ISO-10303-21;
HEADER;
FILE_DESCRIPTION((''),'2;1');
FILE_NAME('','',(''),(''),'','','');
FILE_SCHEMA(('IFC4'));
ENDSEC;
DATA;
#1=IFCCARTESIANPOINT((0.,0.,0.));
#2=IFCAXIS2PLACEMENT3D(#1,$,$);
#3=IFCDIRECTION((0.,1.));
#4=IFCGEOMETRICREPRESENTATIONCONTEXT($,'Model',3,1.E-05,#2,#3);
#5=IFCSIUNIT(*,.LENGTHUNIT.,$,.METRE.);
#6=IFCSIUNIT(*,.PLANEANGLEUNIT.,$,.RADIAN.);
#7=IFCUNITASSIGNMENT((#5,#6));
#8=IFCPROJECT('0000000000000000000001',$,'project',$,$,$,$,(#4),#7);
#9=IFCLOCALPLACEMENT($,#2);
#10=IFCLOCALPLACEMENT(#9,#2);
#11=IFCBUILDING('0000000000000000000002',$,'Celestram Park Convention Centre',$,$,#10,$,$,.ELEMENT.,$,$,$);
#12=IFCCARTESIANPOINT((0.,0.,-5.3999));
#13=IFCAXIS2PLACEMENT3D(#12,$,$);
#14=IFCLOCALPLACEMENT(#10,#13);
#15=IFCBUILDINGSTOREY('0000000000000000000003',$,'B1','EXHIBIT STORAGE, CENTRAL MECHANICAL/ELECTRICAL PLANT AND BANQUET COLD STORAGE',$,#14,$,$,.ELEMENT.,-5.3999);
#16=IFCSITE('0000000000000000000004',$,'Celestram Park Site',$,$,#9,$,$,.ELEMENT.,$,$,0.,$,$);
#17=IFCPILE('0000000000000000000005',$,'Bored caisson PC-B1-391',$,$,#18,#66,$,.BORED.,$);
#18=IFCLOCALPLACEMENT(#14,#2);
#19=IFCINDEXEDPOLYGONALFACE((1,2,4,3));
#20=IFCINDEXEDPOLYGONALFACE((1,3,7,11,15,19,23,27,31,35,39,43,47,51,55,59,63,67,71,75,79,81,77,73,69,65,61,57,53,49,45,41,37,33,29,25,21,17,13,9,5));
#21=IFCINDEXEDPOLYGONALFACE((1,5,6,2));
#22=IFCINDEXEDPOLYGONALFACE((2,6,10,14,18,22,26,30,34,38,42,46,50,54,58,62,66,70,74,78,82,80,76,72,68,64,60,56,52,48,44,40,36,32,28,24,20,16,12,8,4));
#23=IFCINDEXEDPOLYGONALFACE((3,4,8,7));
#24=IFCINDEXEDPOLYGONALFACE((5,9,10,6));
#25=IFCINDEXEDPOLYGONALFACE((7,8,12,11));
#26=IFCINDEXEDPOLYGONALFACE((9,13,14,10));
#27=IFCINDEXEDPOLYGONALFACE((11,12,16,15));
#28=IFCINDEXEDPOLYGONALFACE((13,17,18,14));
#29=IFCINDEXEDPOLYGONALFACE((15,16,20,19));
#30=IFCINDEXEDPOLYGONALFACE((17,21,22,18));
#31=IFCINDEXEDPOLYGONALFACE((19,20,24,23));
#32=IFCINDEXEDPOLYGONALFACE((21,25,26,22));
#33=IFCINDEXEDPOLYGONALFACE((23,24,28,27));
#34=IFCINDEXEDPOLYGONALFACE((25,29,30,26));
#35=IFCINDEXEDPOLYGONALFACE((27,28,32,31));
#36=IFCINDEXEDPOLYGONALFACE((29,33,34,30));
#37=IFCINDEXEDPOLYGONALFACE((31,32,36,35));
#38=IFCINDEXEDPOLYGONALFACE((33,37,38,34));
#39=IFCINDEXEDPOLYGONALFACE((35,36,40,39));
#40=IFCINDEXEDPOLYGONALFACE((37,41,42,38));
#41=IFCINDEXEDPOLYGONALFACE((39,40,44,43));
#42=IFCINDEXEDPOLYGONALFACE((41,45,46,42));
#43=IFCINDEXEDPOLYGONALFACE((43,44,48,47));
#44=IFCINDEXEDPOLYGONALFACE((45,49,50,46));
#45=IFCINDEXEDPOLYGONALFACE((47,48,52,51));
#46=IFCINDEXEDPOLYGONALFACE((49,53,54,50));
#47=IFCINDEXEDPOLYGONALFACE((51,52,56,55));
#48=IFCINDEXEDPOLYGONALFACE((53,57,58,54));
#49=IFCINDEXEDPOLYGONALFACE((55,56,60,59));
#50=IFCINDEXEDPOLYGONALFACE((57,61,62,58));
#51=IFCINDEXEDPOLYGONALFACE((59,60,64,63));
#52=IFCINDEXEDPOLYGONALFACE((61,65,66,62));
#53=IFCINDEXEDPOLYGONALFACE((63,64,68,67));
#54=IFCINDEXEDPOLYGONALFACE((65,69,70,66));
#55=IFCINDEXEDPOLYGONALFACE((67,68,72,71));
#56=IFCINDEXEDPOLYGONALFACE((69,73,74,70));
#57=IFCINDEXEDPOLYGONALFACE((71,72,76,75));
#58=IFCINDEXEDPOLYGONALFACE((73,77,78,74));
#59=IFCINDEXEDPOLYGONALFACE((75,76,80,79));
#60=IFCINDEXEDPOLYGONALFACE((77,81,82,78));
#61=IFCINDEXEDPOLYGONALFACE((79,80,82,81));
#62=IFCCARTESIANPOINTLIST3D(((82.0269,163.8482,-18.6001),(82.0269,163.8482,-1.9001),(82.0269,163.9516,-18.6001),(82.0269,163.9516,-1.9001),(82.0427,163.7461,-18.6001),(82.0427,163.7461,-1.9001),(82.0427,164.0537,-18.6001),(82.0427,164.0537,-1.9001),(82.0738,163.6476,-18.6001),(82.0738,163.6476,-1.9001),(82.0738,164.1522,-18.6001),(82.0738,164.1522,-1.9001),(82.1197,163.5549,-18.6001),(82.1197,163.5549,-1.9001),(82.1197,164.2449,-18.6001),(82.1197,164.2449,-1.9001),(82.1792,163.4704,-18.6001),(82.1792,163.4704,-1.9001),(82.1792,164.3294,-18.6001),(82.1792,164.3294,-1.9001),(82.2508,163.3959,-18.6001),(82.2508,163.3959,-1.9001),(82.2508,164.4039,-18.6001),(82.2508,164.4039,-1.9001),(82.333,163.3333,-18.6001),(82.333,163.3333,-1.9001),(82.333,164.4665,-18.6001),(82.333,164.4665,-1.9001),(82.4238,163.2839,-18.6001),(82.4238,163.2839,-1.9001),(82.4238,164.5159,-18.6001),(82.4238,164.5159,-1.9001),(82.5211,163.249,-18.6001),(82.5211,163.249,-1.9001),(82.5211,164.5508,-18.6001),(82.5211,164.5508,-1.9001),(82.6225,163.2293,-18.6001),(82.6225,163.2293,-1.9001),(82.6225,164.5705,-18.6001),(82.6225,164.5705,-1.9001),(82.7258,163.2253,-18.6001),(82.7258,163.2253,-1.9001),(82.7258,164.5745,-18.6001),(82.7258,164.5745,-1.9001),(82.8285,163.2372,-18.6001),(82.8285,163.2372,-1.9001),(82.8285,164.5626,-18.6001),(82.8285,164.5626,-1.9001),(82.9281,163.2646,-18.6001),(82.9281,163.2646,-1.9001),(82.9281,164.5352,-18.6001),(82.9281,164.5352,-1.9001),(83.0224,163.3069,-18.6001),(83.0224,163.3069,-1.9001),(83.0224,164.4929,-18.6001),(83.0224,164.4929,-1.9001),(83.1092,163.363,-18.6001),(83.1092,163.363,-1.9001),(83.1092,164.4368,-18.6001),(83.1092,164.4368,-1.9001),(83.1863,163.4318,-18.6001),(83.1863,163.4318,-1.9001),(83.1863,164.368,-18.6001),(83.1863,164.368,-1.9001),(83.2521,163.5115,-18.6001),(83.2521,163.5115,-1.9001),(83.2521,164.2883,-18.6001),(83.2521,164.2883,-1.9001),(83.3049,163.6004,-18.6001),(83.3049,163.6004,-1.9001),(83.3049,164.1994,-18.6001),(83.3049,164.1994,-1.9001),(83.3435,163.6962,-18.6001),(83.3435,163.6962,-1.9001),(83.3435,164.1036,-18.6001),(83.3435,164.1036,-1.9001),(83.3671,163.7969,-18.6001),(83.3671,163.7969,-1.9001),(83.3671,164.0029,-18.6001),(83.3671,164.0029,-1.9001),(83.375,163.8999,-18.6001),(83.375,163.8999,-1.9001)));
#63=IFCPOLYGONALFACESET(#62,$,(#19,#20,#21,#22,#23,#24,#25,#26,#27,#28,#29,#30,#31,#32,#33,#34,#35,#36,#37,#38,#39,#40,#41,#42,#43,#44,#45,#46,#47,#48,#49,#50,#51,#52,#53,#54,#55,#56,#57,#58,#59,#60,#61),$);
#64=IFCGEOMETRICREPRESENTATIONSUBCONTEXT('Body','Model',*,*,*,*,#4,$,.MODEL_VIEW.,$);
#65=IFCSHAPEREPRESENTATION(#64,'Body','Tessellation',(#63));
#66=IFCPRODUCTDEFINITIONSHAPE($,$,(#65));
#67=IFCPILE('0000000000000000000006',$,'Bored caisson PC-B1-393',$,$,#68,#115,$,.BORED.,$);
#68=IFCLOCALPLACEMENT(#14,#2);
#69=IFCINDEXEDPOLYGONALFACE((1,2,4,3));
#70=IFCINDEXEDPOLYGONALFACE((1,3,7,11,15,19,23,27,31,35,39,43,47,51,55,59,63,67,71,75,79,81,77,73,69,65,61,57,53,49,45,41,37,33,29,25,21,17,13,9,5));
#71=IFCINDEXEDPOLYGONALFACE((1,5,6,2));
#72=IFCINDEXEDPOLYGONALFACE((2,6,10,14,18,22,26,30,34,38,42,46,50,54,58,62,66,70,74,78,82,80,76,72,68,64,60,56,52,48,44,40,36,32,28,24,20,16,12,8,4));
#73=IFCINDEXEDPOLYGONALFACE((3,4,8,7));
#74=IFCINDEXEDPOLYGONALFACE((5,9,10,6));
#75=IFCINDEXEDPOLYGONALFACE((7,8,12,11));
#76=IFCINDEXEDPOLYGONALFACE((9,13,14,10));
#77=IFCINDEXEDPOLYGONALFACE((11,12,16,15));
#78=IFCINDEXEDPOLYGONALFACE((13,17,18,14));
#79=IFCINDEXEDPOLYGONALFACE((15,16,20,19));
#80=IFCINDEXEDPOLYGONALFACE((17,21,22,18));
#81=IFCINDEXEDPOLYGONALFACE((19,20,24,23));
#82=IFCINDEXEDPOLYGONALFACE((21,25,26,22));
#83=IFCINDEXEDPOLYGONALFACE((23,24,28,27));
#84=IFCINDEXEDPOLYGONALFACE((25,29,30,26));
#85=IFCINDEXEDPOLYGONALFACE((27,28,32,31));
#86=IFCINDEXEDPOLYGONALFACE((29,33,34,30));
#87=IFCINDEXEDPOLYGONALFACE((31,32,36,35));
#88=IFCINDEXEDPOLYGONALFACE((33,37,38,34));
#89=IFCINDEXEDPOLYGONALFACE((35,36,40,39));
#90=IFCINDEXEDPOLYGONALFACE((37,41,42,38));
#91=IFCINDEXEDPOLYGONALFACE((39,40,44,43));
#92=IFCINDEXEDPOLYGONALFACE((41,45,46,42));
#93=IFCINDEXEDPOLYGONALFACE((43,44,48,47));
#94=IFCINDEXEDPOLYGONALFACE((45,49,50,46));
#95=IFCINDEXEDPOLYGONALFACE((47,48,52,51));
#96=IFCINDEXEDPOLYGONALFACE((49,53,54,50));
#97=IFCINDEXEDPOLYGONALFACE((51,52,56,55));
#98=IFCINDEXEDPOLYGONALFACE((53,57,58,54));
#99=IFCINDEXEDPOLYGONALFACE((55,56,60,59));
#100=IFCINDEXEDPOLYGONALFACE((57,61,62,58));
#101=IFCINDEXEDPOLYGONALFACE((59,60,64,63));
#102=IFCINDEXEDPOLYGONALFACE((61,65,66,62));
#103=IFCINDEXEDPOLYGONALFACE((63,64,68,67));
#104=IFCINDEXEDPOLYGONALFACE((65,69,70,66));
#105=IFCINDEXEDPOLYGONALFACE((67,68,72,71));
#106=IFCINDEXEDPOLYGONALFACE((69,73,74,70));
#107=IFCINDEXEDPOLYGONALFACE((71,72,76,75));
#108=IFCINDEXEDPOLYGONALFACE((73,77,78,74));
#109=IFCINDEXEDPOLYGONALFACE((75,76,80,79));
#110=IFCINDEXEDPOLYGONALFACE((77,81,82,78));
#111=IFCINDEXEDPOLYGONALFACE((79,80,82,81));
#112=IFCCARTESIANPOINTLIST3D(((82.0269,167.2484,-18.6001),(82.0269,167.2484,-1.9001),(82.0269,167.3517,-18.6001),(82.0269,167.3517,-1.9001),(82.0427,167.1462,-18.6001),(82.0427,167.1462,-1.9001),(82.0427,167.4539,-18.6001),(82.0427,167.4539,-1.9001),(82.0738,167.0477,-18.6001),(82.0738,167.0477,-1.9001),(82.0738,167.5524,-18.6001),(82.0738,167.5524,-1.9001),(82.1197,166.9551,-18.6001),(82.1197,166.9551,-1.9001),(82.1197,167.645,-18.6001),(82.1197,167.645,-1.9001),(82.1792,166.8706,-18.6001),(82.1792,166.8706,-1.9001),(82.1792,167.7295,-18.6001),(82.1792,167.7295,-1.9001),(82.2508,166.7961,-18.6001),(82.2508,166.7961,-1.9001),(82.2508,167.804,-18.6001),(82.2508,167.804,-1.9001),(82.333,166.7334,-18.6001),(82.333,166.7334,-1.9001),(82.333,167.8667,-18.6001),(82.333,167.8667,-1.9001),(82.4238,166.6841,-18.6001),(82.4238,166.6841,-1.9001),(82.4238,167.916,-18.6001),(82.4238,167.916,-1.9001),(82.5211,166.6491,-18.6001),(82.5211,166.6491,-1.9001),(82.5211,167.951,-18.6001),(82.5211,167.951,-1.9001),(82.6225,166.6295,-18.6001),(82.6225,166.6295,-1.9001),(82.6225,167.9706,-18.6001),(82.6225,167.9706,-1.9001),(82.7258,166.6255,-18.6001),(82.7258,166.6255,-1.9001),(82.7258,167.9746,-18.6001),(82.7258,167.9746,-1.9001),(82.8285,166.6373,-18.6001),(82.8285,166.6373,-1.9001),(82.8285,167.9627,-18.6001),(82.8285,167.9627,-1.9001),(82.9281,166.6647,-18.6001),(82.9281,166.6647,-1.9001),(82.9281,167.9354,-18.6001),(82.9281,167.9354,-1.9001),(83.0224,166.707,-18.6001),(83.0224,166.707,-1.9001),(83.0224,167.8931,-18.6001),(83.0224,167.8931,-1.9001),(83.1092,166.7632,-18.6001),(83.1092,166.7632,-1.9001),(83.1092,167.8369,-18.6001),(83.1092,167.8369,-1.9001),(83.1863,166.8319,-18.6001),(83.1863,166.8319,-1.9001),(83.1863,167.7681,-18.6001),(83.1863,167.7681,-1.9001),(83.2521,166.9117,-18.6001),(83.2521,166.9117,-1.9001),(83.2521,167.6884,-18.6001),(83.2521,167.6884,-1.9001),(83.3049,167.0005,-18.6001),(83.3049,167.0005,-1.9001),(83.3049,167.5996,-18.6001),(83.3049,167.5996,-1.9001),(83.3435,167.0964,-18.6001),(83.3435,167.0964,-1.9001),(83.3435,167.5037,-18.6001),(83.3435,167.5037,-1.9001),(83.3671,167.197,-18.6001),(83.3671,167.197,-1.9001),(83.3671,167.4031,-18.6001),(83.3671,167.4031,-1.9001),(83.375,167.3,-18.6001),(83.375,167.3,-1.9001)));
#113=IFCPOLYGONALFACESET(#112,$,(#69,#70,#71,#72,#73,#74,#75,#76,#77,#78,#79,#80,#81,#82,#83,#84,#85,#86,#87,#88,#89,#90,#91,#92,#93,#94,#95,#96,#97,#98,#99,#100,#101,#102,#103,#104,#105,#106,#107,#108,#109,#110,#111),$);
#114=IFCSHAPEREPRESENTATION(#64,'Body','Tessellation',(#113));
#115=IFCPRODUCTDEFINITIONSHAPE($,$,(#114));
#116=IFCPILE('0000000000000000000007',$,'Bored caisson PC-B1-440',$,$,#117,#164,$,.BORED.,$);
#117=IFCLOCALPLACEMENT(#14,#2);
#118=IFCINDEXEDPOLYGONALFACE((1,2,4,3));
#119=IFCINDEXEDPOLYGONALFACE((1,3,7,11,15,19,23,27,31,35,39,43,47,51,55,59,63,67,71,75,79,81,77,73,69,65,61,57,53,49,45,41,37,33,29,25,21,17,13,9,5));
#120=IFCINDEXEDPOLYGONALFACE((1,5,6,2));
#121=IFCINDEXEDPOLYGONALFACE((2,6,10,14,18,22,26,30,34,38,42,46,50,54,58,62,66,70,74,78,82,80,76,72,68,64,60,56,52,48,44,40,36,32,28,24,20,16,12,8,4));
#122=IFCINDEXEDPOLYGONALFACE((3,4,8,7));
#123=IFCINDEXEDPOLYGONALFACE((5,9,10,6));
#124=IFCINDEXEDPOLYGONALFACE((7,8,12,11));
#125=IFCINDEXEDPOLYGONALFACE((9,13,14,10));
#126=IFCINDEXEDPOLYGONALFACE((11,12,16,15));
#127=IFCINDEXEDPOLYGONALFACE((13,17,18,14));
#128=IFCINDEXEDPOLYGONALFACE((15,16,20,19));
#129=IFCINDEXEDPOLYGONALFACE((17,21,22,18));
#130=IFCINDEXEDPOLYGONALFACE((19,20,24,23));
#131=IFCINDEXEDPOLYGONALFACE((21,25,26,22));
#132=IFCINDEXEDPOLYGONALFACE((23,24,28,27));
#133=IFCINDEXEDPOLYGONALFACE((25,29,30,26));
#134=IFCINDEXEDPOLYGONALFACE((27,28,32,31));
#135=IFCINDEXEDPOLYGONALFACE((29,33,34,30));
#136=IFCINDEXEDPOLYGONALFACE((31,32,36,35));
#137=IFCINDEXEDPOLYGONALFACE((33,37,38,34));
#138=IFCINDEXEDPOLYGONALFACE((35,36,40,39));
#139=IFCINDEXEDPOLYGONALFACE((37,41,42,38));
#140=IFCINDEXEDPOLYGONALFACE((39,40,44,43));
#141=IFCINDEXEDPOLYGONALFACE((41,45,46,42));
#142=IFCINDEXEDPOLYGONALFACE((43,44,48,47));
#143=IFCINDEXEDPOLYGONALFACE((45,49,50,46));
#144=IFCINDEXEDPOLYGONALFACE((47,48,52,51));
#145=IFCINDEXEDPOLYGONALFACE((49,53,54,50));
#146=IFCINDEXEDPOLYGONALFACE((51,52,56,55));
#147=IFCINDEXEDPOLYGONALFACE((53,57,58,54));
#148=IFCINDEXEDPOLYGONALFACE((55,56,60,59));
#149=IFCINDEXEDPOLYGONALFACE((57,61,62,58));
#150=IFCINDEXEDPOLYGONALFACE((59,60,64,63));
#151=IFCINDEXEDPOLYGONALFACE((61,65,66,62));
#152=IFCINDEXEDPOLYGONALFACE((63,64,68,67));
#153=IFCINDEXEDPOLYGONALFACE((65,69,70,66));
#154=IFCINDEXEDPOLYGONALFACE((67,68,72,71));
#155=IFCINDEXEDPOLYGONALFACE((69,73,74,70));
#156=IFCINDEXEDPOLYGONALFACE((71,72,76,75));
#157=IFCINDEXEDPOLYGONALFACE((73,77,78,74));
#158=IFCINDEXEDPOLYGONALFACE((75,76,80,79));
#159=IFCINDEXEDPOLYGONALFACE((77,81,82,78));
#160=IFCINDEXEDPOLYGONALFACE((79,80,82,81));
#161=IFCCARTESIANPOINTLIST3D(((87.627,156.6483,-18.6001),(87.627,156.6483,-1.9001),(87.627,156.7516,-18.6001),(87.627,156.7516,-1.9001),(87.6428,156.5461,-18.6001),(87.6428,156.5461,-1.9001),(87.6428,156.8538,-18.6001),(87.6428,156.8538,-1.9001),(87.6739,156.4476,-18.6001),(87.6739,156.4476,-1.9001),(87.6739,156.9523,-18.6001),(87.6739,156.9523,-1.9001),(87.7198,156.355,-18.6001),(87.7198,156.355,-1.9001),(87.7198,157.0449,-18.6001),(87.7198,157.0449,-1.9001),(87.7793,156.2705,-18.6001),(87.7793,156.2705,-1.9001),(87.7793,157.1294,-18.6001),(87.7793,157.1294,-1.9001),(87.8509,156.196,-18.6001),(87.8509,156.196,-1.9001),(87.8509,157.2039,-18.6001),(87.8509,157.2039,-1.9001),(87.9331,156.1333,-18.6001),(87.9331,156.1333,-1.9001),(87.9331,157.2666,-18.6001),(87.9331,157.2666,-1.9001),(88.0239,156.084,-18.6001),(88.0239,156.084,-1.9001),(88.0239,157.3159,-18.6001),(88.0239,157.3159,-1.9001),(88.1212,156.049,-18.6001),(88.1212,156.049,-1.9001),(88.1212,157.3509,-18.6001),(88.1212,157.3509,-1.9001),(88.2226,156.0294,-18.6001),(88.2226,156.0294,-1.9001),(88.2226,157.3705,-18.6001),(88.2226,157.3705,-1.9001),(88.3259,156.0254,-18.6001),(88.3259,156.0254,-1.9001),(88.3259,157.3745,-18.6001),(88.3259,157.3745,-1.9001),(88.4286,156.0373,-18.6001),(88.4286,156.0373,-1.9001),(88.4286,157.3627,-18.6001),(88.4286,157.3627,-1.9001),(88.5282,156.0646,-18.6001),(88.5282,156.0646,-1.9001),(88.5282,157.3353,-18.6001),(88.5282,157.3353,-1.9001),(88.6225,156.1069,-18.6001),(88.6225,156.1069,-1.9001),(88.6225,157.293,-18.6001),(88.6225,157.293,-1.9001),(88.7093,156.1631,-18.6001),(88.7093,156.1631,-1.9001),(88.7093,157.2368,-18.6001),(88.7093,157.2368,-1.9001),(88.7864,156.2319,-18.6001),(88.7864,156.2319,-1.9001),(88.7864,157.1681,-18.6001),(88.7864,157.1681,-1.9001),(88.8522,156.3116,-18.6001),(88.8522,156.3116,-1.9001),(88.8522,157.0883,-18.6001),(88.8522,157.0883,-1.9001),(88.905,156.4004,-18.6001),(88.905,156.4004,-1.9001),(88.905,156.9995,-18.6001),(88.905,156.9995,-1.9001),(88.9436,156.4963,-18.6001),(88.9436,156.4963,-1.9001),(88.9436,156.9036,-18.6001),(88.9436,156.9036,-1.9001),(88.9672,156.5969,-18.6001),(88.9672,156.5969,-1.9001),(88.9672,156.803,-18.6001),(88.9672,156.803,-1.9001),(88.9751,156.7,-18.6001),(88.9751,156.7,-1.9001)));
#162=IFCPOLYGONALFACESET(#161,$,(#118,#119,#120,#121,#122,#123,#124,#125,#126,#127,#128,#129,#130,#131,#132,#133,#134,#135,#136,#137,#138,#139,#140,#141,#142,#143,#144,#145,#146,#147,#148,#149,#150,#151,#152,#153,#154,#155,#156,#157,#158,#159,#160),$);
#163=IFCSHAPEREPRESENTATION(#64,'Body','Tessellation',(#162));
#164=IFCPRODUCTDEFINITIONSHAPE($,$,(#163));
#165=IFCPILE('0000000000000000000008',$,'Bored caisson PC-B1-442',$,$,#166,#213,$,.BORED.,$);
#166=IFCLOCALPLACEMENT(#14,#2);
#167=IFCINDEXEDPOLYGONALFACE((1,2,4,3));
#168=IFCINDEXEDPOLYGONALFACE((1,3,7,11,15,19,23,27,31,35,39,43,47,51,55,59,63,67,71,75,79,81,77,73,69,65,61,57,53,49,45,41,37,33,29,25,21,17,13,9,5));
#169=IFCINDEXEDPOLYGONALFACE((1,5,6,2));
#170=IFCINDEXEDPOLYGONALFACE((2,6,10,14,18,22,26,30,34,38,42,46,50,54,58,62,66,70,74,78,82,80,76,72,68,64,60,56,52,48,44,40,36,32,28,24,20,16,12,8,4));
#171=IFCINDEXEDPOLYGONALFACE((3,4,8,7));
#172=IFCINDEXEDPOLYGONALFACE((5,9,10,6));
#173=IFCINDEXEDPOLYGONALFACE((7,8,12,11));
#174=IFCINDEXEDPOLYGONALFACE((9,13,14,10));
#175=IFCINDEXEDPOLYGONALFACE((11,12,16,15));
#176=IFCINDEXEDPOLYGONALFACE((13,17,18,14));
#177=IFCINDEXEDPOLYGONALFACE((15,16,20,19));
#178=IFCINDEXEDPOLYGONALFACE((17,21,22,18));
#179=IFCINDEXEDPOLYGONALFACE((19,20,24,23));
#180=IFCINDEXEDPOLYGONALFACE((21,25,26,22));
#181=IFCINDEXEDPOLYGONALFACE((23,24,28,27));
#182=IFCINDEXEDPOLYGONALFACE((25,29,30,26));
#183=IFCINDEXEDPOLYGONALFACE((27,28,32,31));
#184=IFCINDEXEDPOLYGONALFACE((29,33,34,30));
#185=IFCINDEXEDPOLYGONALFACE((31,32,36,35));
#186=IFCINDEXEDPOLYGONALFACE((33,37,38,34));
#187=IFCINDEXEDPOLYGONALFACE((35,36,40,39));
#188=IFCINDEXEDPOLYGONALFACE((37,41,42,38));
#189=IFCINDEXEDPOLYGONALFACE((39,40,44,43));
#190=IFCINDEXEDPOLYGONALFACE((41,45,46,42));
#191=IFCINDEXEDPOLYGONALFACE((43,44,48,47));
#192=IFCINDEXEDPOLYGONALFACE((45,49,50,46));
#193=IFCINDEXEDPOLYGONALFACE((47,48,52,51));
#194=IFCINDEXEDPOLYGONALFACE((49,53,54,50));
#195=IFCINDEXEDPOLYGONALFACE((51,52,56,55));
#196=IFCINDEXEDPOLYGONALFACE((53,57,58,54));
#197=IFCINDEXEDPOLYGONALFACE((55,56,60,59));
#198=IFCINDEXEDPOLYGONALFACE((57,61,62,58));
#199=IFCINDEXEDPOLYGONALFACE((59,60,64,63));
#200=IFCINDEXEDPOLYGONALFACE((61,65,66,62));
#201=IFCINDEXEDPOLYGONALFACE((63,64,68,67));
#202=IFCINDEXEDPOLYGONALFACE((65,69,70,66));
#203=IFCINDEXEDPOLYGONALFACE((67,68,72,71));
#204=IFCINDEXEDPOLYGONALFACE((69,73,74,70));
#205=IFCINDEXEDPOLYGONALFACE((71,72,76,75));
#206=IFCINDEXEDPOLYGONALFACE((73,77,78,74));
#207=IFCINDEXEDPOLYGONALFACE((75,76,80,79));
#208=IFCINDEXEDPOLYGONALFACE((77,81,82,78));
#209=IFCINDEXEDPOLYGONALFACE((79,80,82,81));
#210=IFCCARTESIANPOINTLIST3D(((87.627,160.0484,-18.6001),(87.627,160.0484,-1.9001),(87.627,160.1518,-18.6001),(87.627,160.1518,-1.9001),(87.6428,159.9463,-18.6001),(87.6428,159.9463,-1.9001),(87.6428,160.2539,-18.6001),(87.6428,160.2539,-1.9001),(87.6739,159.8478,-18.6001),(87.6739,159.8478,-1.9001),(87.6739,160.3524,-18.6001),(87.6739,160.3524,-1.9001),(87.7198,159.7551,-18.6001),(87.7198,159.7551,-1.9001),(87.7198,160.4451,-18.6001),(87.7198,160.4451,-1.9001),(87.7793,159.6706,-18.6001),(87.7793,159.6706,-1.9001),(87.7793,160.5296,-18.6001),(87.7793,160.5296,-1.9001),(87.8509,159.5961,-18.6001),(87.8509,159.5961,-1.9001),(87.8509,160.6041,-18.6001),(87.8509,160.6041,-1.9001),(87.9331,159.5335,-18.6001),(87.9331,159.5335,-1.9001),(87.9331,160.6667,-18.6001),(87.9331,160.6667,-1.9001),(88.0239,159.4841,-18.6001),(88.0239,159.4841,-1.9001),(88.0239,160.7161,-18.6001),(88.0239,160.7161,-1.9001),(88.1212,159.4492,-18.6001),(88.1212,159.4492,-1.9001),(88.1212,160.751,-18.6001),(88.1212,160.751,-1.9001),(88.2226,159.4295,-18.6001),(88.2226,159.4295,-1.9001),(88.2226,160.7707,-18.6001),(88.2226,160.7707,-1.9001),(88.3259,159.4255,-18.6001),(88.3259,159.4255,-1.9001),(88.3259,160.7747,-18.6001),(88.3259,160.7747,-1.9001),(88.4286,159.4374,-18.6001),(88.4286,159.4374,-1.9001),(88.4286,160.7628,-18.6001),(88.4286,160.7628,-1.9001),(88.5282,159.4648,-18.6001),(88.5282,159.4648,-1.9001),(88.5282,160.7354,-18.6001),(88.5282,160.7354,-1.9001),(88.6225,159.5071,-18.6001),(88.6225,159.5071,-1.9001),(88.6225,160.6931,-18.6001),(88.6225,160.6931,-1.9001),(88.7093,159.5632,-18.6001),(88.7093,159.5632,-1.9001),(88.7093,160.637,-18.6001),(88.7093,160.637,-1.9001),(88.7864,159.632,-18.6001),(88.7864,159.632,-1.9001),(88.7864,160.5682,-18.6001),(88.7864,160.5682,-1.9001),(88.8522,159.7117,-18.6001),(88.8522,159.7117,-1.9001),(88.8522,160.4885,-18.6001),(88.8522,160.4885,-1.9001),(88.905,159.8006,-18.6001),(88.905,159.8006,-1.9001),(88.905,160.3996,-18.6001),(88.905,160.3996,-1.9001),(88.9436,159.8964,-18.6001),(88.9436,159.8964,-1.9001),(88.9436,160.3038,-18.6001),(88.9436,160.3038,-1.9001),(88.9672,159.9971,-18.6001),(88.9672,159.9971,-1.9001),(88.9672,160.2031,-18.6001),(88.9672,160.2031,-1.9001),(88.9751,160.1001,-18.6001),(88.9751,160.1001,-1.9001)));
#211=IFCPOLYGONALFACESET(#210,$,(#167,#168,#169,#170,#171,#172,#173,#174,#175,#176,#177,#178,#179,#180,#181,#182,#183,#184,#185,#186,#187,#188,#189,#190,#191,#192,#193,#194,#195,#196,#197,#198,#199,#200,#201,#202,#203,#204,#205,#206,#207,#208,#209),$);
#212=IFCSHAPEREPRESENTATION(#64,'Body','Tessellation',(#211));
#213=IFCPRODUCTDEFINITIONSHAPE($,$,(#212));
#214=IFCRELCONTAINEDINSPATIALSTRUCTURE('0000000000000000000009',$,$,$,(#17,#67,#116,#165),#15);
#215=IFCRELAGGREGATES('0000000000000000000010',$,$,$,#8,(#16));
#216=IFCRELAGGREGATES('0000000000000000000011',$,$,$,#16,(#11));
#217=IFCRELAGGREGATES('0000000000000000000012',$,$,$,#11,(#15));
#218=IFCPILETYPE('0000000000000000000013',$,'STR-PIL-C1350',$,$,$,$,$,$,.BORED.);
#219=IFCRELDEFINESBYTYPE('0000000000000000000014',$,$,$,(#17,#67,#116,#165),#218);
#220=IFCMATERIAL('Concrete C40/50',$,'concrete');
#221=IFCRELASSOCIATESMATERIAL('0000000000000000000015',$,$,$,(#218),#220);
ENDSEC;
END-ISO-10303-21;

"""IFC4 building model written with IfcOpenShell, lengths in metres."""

from ifc_helpers import new_model, si_unit, direction, frame, origin, origin_2d, place, context, subcontext, project, spatial, circle, extrude, material, material_profile, profile_set, type_object, element, save


model = new_model("IFC4")

# Units and contexts
model_context = context("Model", 3, precision=1e-05, world=origin(), true_north=direction((0.0, 1.0)))
body_context = subcontext(model_context, "Body", "Model", "MODEL_VIEW")
ifc_project = project(units=[si_unit("LENGTHUNIT", "METRE"), si_unit("PLANEANGLEUNIT", "RADIAN")], contexts=[model_context])

# Site, building, storey
site_placement = place(None, origin())
site = spatial("IfcSite", under=ifc_project, at=site_placement, Name="Celestram Park Site", CompositionType="ELEMENT", RefElevation=0.0)
building_placement = place(site_placement, origin())
building = spatial("IfcBuilding", under=site, at=building_placement, Name="Celestram Park Convention Centre", CompositionType="ELEMENT")
storey_placement = place(building_placement, frame((0.0, 0.0, -5.3999)))
storey = spatial("IfcBuildingStorey", under=building, at=storey_placement, Name="B1", Description="EXHIBIT STORAGE, CENTRAL MECHANICAL/ELECTRICAL PLANT AND BANQUET COLD STORAGE", CompositionType="ELEMENT", Elevation=-5.3999)

# Shared definitions
ifc_material_1 = material(Name="Concrete C40/50", Category="concrete")

# Piles
ifc_material_profile_1 = material_profile(ifc_material_1, circle(Radius=0.675, at=origin_2d()), Name="CAISSON1350")
ifc_profile_set_1 = profile_set([ifc_material_profile_1], Name="Concrete C40/50")
pile_type = type_object("IfcPileType", Name="STR-PIL-C1350", PredefinedType="BORED", material=ifc_profile_set_1)
for number, where, z_axis, x_axis, name in (
    (1, (82.7, 163.8999, -1.9001), (0.0, 0.0, -1.0), (1.0, 0.0, 0.0), "Bored caisson PC-B1-391"),
    (2, (82.7, 167.3, -1.9001), (0.0, 0.0, -1.0), (1.0, 0.0, 0.0), "Bored caisson PC-B1-393"),
    (3, (88.3, 156.7, -1.9001), (0.0, 0.0, -1.0), (1.0, 0.0, 0.0), "Bored caisson PC-B1-440"),
    (4, (88.3, 160.1001, -1.9001), (0.0, 0.0, -1.0), (1.0, 0.0, 0.0), "Bored caisson PC-B1-442"),
):
    element("IfcPile", number, at=place(storey_placement, frame(where, z_axis=z_axis, x_axis=x_axis)), inside=storey, type_object=pile_type, Name=name, PredefinedType="BORED", context=body_context, shape_type="SweptSolid", body=[
        extrude(circle(Radius=0.675, at=origin_2d()), origin(), (0.0, 0.0, 1.0), 16.7),
    ])

save(model, "model.ifc")
